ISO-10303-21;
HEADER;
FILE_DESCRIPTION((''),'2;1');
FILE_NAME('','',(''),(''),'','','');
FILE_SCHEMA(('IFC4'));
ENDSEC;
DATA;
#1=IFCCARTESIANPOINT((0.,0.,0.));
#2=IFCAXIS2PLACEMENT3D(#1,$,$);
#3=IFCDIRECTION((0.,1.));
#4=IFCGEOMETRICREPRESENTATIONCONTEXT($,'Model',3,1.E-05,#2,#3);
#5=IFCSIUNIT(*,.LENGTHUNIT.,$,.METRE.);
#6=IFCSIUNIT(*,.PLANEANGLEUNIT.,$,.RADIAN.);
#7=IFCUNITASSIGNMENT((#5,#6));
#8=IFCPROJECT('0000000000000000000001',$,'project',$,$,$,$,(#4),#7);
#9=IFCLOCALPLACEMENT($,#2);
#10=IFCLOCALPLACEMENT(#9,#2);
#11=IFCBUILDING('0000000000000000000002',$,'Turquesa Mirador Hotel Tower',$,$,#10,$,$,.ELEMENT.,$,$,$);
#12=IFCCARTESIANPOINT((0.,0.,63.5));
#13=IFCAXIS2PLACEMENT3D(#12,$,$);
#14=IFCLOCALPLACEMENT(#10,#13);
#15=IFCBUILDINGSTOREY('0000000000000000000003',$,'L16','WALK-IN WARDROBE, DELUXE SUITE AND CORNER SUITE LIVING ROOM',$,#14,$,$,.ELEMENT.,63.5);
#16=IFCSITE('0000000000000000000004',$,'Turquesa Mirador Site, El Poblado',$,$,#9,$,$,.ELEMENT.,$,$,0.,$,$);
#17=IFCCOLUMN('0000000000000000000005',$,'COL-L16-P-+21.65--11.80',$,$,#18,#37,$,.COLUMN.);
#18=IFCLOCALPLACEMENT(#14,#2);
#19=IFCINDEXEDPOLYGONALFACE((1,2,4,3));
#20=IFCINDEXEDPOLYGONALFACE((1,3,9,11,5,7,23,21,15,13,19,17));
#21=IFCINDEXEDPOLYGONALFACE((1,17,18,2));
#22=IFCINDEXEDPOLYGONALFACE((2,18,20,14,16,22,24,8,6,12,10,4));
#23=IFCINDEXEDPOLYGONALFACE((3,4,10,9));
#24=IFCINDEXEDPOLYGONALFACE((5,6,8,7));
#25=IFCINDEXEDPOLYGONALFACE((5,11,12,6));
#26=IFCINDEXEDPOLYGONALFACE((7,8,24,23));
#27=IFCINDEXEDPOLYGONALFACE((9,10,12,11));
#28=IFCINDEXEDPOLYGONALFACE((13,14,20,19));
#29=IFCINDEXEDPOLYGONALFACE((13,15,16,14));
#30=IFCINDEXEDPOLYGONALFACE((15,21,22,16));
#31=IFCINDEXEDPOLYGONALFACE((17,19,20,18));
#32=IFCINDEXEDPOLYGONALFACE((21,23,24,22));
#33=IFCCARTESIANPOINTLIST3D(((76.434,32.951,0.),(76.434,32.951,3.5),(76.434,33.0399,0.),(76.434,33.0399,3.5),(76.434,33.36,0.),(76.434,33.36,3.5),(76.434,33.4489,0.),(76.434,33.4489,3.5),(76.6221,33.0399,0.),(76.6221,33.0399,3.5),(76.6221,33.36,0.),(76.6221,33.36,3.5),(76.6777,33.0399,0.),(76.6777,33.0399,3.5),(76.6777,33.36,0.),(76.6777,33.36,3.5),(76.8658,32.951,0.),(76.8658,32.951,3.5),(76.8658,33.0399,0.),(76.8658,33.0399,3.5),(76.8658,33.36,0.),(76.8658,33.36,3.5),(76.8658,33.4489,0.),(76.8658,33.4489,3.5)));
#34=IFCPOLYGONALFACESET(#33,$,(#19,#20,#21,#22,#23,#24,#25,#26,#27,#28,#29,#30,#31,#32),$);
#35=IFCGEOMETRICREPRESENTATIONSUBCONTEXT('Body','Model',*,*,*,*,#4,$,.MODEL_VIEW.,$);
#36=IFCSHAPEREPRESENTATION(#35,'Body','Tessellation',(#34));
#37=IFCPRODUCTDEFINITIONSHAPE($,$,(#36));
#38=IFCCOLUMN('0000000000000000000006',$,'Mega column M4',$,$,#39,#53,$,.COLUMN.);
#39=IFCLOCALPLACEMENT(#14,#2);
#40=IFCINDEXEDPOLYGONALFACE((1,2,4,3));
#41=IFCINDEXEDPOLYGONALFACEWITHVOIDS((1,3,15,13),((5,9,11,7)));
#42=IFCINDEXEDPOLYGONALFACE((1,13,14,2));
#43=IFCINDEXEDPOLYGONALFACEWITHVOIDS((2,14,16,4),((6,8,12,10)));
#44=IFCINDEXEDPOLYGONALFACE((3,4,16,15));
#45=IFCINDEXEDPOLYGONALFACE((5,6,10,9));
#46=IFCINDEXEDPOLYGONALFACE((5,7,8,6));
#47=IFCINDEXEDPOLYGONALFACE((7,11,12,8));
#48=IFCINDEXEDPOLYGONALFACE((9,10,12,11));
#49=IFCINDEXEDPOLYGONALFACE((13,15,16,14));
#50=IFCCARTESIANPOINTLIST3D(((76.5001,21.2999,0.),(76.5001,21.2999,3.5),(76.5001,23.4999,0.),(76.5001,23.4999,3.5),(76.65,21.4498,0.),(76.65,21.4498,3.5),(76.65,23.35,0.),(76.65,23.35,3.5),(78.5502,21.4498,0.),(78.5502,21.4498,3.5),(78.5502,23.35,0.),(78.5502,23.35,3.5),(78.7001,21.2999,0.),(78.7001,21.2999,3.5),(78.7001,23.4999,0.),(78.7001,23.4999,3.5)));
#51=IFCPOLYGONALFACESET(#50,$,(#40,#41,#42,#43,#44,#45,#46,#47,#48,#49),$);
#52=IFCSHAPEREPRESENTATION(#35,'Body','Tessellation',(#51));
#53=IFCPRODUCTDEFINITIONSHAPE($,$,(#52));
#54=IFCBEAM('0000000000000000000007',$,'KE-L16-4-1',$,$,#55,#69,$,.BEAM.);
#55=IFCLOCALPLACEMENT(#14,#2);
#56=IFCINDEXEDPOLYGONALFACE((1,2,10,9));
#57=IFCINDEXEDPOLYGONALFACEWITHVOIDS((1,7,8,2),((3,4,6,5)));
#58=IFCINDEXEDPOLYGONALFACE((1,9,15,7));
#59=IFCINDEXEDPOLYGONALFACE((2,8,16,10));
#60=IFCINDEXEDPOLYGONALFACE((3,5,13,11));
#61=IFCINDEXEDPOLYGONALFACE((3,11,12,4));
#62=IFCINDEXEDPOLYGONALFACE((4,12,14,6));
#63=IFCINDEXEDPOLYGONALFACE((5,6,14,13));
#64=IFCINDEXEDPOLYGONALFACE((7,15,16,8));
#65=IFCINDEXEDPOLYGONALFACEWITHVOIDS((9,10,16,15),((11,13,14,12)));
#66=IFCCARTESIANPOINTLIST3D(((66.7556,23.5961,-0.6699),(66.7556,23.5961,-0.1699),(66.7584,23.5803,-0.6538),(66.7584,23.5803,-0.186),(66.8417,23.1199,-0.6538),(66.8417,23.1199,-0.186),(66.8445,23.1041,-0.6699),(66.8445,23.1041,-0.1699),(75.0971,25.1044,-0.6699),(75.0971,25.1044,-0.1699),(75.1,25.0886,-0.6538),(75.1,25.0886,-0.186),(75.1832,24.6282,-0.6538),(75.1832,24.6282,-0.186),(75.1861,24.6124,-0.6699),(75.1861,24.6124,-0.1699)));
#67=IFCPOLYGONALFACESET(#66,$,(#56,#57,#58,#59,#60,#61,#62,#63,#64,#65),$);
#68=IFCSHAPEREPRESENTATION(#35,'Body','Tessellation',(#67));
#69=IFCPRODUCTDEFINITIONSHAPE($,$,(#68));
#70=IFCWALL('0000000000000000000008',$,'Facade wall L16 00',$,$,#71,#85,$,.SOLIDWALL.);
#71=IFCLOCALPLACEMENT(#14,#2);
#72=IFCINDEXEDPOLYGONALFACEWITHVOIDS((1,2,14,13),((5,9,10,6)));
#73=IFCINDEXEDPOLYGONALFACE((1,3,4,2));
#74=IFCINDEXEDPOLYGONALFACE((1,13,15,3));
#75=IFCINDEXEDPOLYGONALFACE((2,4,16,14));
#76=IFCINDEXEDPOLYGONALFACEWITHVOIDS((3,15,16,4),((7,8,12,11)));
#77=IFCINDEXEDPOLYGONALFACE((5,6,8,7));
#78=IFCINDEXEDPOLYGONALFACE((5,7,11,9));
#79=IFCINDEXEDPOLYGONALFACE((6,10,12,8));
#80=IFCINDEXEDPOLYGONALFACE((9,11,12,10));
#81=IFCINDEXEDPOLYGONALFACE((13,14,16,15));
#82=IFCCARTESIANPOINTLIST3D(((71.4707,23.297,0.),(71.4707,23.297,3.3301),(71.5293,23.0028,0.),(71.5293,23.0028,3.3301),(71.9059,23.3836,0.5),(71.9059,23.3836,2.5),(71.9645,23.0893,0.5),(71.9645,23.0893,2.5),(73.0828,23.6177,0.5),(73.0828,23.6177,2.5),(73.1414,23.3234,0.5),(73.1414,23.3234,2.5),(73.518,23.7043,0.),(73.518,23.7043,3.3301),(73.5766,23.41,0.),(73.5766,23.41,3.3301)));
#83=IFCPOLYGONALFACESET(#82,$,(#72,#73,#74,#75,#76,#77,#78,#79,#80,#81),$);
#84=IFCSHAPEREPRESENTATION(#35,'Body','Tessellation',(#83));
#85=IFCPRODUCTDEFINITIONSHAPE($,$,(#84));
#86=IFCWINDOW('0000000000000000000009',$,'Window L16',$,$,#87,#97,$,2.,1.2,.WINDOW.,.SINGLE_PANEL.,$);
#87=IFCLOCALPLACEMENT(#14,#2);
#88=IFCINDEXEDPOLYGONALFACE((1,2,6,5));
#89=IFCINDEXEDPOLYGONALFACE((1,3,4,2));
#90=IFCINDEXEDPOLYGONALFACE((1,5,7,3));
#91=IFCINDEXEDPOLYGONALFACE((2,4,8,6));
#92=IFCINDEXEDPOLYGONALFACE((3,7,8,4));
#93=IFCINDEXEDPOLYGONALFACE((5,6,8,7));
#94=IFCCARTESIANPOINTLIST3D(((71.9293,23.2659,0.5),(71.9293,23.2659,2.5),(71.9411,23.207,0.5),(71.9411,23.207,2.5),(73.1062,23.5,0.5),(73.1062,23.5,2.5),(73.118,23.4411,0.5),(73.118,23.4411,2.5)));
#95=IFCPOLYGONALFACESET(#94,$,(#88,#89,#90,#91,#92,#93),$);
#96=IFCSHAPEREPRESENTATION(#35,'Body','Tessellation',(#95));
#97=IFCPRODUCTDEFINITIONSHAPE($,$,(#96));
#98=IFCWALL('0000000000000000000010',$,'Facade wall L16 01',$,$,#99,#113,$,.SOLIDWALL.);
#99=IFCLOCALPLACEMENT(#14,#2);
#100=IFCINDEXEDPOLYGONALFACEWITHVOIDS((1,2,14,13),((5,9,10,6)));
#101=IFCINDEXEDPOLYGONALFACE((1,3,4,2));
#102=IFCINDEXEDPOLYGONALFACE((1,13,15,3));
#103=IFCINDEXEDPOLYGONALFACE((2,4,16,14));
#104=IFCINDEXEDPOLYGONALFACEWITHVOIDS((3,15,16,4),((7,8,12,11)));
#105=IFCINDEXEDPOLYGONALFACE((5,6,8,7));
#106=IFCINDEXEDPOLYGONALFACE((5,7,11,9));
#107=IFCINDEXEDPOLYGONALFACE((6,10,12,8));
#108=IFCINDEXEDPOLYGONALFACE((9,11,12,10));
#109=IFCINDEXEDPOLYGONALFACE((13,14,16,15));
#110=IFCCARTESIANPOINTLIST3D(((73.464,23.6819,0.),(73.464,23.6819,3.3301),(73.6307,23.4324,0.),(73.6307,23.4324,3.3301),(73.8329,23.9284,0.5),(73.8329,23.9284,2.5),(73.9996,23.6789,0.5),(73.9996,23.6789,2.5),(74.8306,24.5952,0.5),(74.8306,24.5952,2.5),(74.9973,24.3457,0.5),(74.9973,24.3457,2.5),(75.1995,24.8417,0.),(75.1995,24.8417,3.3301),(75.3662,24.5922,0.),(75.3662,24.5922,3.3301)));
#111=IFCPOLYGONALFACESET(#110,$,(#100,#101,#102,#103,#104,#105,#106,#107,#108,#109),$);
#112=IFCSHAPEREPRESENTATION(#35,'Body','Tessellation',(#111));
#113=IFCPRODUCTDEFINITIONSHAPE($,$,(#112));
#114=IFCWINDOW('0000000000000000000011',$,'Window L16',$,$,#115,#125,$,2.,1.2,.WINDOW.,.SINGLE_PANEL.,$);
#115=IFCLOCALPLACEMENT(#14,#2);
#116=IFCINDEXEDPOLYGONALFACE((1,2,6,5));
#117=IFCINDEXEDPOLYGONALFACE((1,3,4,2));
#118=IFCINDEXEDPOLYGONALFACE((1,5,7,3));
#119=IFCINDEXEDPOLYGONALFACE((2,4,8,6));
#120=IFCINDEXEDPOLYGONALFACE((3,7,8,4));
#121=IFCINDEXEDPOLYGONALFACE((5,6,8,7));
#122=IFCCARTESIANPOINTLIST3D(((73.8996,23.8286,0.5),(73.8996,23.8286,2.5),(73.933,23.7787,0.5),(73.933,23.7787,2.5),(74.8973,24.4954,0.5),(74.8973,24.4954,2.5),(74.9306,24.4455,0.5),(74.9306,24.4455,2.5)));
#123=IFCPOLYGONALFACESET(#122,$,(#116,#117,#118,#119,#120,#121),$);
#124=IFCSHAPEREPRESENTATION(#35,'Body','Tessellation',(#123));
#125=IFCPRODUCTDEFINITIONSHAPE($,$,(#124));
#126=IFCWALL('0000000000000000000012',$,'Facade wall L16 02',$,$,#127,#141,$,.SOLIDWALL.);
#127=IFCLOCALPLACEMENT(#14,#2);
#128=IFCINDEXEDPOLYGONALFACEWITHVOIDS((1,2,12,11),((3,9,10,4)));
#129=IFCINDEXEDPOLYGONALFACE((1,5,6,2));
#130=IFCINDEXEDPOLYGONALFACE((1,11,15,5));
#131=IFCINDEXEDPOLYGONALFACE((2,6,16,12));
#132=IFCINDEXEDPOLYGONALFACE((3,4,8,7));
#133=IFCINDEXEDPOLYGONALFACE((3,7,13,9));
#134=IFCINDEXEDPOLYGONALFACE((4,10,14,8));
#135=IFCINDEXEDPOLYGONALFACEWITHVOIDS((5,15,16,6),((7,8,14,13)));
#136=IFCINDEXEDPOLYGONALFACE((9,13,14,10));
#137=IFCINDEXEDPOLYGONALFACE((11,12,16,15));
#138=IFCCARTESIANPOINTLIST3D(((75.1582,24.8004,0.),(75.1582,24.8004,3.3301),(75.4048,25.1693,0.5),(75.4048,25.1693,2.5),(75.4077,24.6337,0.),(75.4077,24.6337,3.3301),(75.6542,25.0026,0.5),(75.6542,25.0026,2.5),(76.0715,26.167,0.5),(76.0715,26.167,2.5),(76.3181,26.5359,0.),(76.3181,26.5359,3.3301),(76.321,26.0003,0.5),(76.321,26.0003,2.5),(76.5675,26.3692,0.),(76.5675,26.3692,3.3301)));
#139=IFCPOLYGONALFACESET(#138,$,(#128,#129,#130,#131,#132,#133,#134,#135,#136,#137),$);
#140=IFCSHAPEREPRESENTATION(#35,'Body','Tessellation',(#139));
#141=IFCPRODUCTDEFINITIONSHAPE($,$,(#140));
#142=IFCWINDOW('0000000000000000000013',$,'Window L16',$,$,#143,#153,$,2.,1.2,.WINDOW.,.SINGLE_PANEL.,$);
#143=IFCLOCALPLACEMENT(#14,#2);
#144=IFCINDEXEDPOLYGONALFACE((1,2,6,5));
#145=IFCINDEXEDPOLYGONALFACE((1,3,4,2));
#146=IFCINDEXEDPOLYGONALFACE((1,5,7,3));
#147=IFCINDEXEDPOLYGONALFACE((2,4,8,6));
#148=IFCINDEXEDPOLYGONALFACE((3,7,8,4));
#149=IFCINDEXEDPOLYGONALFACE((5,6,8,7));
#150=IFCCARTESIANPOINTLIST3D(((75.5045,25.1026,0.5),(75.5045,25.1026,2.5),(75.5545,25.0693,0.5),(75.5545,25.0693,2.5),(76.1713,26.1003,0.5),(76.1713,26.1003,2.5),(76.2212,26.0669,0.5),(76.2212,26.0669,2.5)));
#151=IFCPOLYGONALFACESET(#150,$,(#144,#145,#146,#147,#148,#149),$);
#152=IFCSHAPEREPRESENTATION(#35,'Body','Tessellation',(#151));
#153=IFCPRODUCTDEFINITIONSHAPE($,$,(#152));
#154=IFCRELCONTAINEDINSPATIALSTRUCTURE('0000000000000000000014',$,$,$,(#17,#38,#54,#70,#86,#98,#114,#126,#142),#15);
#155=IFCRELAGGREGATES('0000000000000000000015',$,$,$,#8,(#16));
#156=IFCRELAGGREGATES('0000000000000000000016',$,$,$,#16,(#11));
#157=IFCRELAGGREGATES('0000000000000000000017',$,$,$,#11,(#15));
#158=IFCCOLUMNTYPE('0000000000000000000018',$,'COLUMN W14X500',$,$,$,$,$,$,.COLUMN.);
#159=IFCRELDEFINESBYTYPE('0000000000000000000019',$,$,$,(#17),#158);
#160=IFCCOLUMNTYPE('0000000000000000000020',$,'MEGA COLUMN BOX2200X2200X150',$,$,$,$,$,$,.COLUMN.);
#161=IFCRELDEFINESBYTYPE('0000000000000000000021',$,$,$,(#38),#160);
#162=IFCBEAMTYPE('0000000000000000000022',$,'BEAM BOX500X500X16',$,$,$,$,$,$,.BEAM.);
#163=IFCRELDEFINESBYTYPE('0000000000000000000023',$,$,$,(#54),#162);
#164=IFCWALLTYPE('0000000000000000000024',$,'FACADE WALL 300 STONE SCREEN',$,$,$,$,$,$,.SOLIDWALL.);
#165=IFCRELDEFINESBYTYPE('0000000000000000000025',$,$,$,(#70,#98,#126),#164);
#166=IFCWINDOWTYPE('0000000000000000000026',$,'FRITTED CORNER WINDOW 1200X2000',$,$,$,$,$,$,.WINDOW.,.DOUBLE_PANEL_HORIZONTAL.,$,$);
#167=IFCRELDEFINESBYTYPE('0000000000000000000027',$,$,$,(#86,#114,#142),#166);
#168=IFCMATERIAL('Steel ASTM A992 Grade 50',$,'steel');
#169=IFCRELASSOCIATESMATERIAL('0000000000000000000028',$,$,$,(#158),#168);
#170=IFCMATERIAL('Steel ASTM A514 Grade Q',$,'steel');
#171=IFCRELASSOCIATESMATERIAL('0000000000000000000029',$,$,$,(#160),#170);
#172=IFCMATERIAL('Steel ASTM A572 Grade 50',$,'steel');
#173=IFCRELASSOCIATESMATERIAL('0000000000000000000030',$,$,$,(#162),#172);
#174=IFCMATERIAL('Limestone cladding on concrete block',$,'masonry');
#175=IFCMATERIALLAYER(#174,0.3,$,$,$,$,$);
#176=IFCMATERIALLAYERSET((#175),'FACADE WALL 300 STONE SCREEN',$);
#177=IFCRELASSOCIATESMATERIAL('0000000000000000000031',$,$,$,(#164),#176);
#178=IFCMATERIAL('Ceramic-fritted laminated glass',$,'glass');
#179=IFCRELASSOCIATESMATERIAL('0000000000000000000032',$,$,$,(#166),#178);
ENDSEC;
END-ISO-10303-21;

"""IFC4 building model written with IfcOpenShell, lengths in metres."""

from ifc_helpers import new_model, si_unit, direction, frame, frame_2d, origin, origin_2d, place, context, subcontext, project, spatial, rectangle, hollow_rectangle, i_section, extrude, material, layer, layer_set, material_profile, profile_set, type_object, element, fill, save


model = new_model("IFC4")

# Units and contexts
model_context = context("Model", 3, precision=1e-05, world=origin(), true_north=direction((0.0, 1.0)))
body_context = subcontext(model_context, "Body", "Model", "MODEL_VIEW")
ifc_project = project(units=[si_unit("LENGTHUNIT", "METRE"), si_unit("PLANEANGLEUNIT", "RADIAN")], contexts=[model_context])

# Site, building, storey
site_placement = place(None, origin())
site = spatial("IfcSite", under=ifc_project, at=site_placement, Name="Turquesa Mirador Site, El Poblado", CompositionType="ELEMENT", RefElevation=0.0)
building_placement = place(site_placement, origin())
building = spatial("IfcBuilding", under=site, at=building_placement, Name="Turquesa Mirador Hotel Tower", CompositionType="ELEMENT")
storey_placement = place(building_placement, frame((0.0, 0.0, 63.5)))
storey = spatial("IfcBuildingStorey", under=building, at=storey_placement, Name="L16", Description="WALK-IN WARDROBE, DELUXE SUITE AND CORNER SUITE LIVING ROOM", CompositionType="ELEMENT", Elevation=63.5)

# Columns
ifc_material_1 = material(Name="Steel ASTM A992 Grade 50", Category="steel")
ifc_material_profile_1 = material_profile(ifc_material_1, i_section(OverallWidth=0.4319, OverallDepth=0.4978, WebThickness=0.0557, FlangeThickness=0.0889, at=origin_2d()), Name="W14X500")
ifc_profile_set_1 = profile_set([ifc_material_profile_1], Name="Steel ASTM A992 Grade 50")
column_type_1 = type_object("IfcColumnType", Name="COLUMN W14X500", PredefinedType="COLUMN", material=ifc_profile_set_1)
column_1_placement = place(storey_placement, frame((76.6499, 33.2, 0.0), z_axis=(0.0, 0.0, 1.0), x_axis=(1.0, 0.0, 0.0)))
element("IfcColumn", 1, at=column_1_placement, inside=storey, type_object=column_type_1, Name="COL-L16-P-+21.65--11.80", PredefinedType="COLUMN", context=body_context, shape_type="SweptSolid", body=[
    extrude(i_section(OverallWidth=0.4319, OverallDepth=0.4978, WebThickness=0.0557, FlangeThickness=0.0889, at=origin_2d()), origin(), (0.0, 0.0, 1.0), 3.5),
])
ifc_material_2 = material(Name="Steel ASTM A514 Grade Q", Category="steel")
ifc_material_profile_2 = material_profile(ifc_material_2, hollow_rectangle(XDim=2.2, YDim=2.2, WallThickness=0.1499, at=origin_2d()), Name="BOX2200X2200X150")
ifc_profile_set_2 = profile_set([ifc_material_profile_2], Name="Steel ASTM A514 Grade Q")
column_type_2 = type_object("IfcColumnType", Name="MEGA COLUMN BOX2200X2200X150", PredefinedType="COLUMN", material=ifc_profile_set_2)
column_2_placement = place(storey_placement, frame((77.6001, 22.3999, 0.0), z_axis=(0.0, 0.0, 1.0), x_axis=(1.0, 0.0, 0.0)))
element("IfcColumn", 2, at=column_2_placement, inside=storey, type_object=column_type_2, Name="Mega column M4", PredefinedType="COLUMN", context=body_context, shape_type="SweptSolid", body=[
    extrude(hollow_rectangle(XDim=2.2, YDim=2.2, WallThickness=0.1499, at=origin_2d()), origin(), (0.0, 0.0, 1.0), 3.5),
])

# Beam
ifc_material_3 = material(Name="Steel ASTM A572 Grade 50", Category="steel")
ifc_material_profile_3 = material_profile(ifc_material_3, hollow_rectangle(XDim=0.5, YDim=0.5, WallThickness=0.0161, at=origin_2d()), Name="BOX500X500X16")
ifc_profile_set_3 = profile_set([ifc_material_profile_3], Name="Steel ASTM A572 Grade 50")
beam_type = type_object("IfcBeamType", Name="BEAM BOX500X500X16", PredefinedType="BEAM", material=ifc_profile_set_3)
beam_placement = place(storey_placement, frame((75.1416, 24.8584, -0.4199), z_axis=(-0.984043, -0.177932, 0.0), x_axis=(0.177932, -0.984043, 0.0)))
element("IfcBeam", 3, at=beam_placement, inside=storey, type_object=beam_type, Name="KE-L16-4-1", PredefinedType="BEAM", context=body_context, shape_type="SweptSolid", body=[
    extrude(hollow_rectangle(XDim=0.5, YDim=0.5, WallThickness=0.0161, at=origin_2d()), origin(), (0.0, 0.0, 1.0), 8.4768),
])

# Walls, openings, windows
ifc_material_4 = material(Name="Limestone cladding on concrete block", Category="masonry")
ifc_layer_1 = layer(ifc_material_4, 0.3)
ifc_layer_set_1 = layer_set([ifc_layer_1], Name="FACADE WALL 300 STONE SCREEN")
wall_type_1 = type_object("IfcWallType", Name="FACADE WALL 300 STONE SCREEN", PredefinedType="SOLIDWALL", material=ifc_layer_set_1)
wall_1_placement = place(storey_placement, frame((71.5, 23.1499, 0.0), z_axis=(0.0, 0.0, 1.0), x_axis=(0.980787, 0.195081, 0.0)))
wall_1 = element("IfcWall", 4, at=wall_1_placement, inside=storey, type_object=wall_type_1, Name="Facade wall L16 00", PredefinedType="SOLIDWALL", context=body_context, shape_type="SweptSolid", body=[
    extrude(rectangle(XDim=2.0874, YDim=0.3, at=frame_2d((1.0437, 0.0))), origin(), (0.0, 0.0, 1.0), 3.3301),
])
opening_1_placement = place(wall_1_placement, frame((0.4436, 0.0, 0.5)))
opening_1 = element("IfcOpeningElement", 5, at=opening_1_placement, cuts=wall_1, PredefinedType="OPENING", context=body_context, shape_type="SweptSolid", body=[
    extrude(rectangle(XDim=1.2, YDim=2.0, at=frame_2d((0.6001, 1.0))), frame((0.0, 0.1599, 0.0), z_axis=(0.0, -1.0, 0.0), x_axis=(1.0, 0.0, 0.0)), (0.0, 0.0, 1.0), 0.3201),
])
ifc_material_5 = material(Name="Ceramic-fritted laminated glass", Category="glass")
window_type_1 = type_object("IfcWindowType", Name="FRITTED CORNER WINDOW 1200X2000", PartitioningType="DOUBLE_PANEL_HORIZONTAL", PredefinedType="WINDOW", material=ifc_material_5)
window_1_placement = place(opening_1_placement, origin())
window_1 = element("IfcWindow", 6, at=window_1_placement, inside=storey, type_object=window_type_1, Name="Window L16", OverallHeight=2.0, OverallWidth=1.2, PartitioningType="SINGLE_PANEL", PredefinedType="WINDOW", context=body_context, shape_type="SweptSolid", body=[
    extrude(rectangle(XDim=1.2, YDim=2.0, at=frame_2d((0.6001, 1.0))), frame((0.0, 0.03, 0.0), z_axis=(0.0, -1.0, 0.0), x_axis=(1.0, 0.0, 0.0)), (0.0, 0.0, 1.0), 0.0601),
])
fill(opening_1, window_1)
wall_2_placement = place(storey_placement, frame((73.5474, 23.5571, 0.0), z_axis=(0.0, 0.0, 1.0), x_axis=(0.83142, 0.555644, 0.0)))
wall_2 = element("IfcWall", 7, at=wall_2_placement, inside=storey, type_object=wall_type_1, Name="Facade wall L16 01", PredefinedType="SOLIDWALL", context=body_context, shape_type="SweptSolid", body=[
    extrude(rectangle(XDim=2.0874, YDim=0.3, at=frame_2d((1.0437, 0.0))), origin(), (0.0, 0.0, 1.0), 3.3301),
])
opening_2_placement = place(wall_2_placement, frame((0.4436, 0.0, 0.5)))
opening_2 = element("IfcOpeningElement", 8, at=opening_2_placement, cuts=wall_2, PredefinedType="OPENING", context=body_context, shape_type="SweptSolid", body=[
    extrude(rectangle(XDim=1.2, YDim=2.0, at=frame_2d((0.6001, 1.0))), frame((0.0, 0.1599, 0.0), z_axis=(0.0, -1.0, 0.0), x_axis=(1.0, 0.0, 0.0)), (0.0, 0.0, 1.0), 0.3201),
])
window_2_placement = place(opening_2_placement, origin())
window_2 = element("IfcWindow", 9, at=window_2_placement, inside=storey, type_object=window_type_1, Name="Window L16", OverallHeight=2.0, OverallWidth=1.2, PartitioningType="SINGLE_PANEL", PredefinedType="WINDOW", context=body_context, shape_type="SweptSolid", body=[
    extrude(rectangle(XDim=1.2, YDim=2.0, at=frame_2d((0.6001, 1.0))), frame((0.0, 0.03, 0.0), z_axis=(0.0, -1.0, 0.0), x_axis=(1.0, 0.0, 0.0)), (0.0, 0.0, 1.0), 0.0601),
])
fill(opening_2, window_2)
wall_3_placement = place(storey_placement, frame((75.283, 24.717, 0.0), z_axis=(0.0, 0.0, 1.0), x_axis=(0.555644, 0.83142, 0.0)))
wall_3 = element("IfcWall", 10, at=wall_3_placement, inside=storey, type_object=wall_type_1, Name="Facade wall L16 02", PredefinedType="SOLIDWALL", context=body_context, shape_type="SweptSolid", body=[
    extrude(rectangle(XDim=2.0874, YDim=0.3, at=frame_2d((1.0437, 0.0))), origin(), (0.0, 0.0, 1.0), 3.3301),
])
opening_3_placement = place(wall_3_placement, frame((0.4436, 0.0, 0.5)))
opening_3 = element("IfcOpeningElement", 11, at=opening_3_placement, cuts=wall_3, PredefinedType="OPENING", context=body_context, shape_type="SweptSolid", body=[
    extrude(rectangle(XDim=1.2, YDim=2.0, at=frame_2d((0.6001, 1.0))), frame((0.0, 0.1599, 0.0), z_axis=(0.0, -1.0, 0.0), x_axis=(1.0, 0.0, 0.0)), (0.0, 0.0, 1.0), 0.3201),
])
window_3_placement = place(opening_3_placement, origin())
window_3 = element("IfcWindow", 12, at=window_3_placement, inside=storey, type_object=window_type_1, Name="Window L16", OverallHeight=2.0, OverallWidth=1.2, PartitioningType="SINGLE_PANEL", PredefinedType="WINDOW", context=body_context, shape_type="SweptSolid", body=[
    extrude(rectangle(XDim=1.2, YDim=2.0, at=frame_2d((0.6001, 1.0))), frame((0.0, 0.03, 0.0), z_axis=(0.0, -1.0, 0.0), x_axis=(1.0, 0.0, 0.0)), (0.0, 0.0, 1.0), 0.0601),
])
fill(opening_3, window_3)

save(model, "model.ifc")
